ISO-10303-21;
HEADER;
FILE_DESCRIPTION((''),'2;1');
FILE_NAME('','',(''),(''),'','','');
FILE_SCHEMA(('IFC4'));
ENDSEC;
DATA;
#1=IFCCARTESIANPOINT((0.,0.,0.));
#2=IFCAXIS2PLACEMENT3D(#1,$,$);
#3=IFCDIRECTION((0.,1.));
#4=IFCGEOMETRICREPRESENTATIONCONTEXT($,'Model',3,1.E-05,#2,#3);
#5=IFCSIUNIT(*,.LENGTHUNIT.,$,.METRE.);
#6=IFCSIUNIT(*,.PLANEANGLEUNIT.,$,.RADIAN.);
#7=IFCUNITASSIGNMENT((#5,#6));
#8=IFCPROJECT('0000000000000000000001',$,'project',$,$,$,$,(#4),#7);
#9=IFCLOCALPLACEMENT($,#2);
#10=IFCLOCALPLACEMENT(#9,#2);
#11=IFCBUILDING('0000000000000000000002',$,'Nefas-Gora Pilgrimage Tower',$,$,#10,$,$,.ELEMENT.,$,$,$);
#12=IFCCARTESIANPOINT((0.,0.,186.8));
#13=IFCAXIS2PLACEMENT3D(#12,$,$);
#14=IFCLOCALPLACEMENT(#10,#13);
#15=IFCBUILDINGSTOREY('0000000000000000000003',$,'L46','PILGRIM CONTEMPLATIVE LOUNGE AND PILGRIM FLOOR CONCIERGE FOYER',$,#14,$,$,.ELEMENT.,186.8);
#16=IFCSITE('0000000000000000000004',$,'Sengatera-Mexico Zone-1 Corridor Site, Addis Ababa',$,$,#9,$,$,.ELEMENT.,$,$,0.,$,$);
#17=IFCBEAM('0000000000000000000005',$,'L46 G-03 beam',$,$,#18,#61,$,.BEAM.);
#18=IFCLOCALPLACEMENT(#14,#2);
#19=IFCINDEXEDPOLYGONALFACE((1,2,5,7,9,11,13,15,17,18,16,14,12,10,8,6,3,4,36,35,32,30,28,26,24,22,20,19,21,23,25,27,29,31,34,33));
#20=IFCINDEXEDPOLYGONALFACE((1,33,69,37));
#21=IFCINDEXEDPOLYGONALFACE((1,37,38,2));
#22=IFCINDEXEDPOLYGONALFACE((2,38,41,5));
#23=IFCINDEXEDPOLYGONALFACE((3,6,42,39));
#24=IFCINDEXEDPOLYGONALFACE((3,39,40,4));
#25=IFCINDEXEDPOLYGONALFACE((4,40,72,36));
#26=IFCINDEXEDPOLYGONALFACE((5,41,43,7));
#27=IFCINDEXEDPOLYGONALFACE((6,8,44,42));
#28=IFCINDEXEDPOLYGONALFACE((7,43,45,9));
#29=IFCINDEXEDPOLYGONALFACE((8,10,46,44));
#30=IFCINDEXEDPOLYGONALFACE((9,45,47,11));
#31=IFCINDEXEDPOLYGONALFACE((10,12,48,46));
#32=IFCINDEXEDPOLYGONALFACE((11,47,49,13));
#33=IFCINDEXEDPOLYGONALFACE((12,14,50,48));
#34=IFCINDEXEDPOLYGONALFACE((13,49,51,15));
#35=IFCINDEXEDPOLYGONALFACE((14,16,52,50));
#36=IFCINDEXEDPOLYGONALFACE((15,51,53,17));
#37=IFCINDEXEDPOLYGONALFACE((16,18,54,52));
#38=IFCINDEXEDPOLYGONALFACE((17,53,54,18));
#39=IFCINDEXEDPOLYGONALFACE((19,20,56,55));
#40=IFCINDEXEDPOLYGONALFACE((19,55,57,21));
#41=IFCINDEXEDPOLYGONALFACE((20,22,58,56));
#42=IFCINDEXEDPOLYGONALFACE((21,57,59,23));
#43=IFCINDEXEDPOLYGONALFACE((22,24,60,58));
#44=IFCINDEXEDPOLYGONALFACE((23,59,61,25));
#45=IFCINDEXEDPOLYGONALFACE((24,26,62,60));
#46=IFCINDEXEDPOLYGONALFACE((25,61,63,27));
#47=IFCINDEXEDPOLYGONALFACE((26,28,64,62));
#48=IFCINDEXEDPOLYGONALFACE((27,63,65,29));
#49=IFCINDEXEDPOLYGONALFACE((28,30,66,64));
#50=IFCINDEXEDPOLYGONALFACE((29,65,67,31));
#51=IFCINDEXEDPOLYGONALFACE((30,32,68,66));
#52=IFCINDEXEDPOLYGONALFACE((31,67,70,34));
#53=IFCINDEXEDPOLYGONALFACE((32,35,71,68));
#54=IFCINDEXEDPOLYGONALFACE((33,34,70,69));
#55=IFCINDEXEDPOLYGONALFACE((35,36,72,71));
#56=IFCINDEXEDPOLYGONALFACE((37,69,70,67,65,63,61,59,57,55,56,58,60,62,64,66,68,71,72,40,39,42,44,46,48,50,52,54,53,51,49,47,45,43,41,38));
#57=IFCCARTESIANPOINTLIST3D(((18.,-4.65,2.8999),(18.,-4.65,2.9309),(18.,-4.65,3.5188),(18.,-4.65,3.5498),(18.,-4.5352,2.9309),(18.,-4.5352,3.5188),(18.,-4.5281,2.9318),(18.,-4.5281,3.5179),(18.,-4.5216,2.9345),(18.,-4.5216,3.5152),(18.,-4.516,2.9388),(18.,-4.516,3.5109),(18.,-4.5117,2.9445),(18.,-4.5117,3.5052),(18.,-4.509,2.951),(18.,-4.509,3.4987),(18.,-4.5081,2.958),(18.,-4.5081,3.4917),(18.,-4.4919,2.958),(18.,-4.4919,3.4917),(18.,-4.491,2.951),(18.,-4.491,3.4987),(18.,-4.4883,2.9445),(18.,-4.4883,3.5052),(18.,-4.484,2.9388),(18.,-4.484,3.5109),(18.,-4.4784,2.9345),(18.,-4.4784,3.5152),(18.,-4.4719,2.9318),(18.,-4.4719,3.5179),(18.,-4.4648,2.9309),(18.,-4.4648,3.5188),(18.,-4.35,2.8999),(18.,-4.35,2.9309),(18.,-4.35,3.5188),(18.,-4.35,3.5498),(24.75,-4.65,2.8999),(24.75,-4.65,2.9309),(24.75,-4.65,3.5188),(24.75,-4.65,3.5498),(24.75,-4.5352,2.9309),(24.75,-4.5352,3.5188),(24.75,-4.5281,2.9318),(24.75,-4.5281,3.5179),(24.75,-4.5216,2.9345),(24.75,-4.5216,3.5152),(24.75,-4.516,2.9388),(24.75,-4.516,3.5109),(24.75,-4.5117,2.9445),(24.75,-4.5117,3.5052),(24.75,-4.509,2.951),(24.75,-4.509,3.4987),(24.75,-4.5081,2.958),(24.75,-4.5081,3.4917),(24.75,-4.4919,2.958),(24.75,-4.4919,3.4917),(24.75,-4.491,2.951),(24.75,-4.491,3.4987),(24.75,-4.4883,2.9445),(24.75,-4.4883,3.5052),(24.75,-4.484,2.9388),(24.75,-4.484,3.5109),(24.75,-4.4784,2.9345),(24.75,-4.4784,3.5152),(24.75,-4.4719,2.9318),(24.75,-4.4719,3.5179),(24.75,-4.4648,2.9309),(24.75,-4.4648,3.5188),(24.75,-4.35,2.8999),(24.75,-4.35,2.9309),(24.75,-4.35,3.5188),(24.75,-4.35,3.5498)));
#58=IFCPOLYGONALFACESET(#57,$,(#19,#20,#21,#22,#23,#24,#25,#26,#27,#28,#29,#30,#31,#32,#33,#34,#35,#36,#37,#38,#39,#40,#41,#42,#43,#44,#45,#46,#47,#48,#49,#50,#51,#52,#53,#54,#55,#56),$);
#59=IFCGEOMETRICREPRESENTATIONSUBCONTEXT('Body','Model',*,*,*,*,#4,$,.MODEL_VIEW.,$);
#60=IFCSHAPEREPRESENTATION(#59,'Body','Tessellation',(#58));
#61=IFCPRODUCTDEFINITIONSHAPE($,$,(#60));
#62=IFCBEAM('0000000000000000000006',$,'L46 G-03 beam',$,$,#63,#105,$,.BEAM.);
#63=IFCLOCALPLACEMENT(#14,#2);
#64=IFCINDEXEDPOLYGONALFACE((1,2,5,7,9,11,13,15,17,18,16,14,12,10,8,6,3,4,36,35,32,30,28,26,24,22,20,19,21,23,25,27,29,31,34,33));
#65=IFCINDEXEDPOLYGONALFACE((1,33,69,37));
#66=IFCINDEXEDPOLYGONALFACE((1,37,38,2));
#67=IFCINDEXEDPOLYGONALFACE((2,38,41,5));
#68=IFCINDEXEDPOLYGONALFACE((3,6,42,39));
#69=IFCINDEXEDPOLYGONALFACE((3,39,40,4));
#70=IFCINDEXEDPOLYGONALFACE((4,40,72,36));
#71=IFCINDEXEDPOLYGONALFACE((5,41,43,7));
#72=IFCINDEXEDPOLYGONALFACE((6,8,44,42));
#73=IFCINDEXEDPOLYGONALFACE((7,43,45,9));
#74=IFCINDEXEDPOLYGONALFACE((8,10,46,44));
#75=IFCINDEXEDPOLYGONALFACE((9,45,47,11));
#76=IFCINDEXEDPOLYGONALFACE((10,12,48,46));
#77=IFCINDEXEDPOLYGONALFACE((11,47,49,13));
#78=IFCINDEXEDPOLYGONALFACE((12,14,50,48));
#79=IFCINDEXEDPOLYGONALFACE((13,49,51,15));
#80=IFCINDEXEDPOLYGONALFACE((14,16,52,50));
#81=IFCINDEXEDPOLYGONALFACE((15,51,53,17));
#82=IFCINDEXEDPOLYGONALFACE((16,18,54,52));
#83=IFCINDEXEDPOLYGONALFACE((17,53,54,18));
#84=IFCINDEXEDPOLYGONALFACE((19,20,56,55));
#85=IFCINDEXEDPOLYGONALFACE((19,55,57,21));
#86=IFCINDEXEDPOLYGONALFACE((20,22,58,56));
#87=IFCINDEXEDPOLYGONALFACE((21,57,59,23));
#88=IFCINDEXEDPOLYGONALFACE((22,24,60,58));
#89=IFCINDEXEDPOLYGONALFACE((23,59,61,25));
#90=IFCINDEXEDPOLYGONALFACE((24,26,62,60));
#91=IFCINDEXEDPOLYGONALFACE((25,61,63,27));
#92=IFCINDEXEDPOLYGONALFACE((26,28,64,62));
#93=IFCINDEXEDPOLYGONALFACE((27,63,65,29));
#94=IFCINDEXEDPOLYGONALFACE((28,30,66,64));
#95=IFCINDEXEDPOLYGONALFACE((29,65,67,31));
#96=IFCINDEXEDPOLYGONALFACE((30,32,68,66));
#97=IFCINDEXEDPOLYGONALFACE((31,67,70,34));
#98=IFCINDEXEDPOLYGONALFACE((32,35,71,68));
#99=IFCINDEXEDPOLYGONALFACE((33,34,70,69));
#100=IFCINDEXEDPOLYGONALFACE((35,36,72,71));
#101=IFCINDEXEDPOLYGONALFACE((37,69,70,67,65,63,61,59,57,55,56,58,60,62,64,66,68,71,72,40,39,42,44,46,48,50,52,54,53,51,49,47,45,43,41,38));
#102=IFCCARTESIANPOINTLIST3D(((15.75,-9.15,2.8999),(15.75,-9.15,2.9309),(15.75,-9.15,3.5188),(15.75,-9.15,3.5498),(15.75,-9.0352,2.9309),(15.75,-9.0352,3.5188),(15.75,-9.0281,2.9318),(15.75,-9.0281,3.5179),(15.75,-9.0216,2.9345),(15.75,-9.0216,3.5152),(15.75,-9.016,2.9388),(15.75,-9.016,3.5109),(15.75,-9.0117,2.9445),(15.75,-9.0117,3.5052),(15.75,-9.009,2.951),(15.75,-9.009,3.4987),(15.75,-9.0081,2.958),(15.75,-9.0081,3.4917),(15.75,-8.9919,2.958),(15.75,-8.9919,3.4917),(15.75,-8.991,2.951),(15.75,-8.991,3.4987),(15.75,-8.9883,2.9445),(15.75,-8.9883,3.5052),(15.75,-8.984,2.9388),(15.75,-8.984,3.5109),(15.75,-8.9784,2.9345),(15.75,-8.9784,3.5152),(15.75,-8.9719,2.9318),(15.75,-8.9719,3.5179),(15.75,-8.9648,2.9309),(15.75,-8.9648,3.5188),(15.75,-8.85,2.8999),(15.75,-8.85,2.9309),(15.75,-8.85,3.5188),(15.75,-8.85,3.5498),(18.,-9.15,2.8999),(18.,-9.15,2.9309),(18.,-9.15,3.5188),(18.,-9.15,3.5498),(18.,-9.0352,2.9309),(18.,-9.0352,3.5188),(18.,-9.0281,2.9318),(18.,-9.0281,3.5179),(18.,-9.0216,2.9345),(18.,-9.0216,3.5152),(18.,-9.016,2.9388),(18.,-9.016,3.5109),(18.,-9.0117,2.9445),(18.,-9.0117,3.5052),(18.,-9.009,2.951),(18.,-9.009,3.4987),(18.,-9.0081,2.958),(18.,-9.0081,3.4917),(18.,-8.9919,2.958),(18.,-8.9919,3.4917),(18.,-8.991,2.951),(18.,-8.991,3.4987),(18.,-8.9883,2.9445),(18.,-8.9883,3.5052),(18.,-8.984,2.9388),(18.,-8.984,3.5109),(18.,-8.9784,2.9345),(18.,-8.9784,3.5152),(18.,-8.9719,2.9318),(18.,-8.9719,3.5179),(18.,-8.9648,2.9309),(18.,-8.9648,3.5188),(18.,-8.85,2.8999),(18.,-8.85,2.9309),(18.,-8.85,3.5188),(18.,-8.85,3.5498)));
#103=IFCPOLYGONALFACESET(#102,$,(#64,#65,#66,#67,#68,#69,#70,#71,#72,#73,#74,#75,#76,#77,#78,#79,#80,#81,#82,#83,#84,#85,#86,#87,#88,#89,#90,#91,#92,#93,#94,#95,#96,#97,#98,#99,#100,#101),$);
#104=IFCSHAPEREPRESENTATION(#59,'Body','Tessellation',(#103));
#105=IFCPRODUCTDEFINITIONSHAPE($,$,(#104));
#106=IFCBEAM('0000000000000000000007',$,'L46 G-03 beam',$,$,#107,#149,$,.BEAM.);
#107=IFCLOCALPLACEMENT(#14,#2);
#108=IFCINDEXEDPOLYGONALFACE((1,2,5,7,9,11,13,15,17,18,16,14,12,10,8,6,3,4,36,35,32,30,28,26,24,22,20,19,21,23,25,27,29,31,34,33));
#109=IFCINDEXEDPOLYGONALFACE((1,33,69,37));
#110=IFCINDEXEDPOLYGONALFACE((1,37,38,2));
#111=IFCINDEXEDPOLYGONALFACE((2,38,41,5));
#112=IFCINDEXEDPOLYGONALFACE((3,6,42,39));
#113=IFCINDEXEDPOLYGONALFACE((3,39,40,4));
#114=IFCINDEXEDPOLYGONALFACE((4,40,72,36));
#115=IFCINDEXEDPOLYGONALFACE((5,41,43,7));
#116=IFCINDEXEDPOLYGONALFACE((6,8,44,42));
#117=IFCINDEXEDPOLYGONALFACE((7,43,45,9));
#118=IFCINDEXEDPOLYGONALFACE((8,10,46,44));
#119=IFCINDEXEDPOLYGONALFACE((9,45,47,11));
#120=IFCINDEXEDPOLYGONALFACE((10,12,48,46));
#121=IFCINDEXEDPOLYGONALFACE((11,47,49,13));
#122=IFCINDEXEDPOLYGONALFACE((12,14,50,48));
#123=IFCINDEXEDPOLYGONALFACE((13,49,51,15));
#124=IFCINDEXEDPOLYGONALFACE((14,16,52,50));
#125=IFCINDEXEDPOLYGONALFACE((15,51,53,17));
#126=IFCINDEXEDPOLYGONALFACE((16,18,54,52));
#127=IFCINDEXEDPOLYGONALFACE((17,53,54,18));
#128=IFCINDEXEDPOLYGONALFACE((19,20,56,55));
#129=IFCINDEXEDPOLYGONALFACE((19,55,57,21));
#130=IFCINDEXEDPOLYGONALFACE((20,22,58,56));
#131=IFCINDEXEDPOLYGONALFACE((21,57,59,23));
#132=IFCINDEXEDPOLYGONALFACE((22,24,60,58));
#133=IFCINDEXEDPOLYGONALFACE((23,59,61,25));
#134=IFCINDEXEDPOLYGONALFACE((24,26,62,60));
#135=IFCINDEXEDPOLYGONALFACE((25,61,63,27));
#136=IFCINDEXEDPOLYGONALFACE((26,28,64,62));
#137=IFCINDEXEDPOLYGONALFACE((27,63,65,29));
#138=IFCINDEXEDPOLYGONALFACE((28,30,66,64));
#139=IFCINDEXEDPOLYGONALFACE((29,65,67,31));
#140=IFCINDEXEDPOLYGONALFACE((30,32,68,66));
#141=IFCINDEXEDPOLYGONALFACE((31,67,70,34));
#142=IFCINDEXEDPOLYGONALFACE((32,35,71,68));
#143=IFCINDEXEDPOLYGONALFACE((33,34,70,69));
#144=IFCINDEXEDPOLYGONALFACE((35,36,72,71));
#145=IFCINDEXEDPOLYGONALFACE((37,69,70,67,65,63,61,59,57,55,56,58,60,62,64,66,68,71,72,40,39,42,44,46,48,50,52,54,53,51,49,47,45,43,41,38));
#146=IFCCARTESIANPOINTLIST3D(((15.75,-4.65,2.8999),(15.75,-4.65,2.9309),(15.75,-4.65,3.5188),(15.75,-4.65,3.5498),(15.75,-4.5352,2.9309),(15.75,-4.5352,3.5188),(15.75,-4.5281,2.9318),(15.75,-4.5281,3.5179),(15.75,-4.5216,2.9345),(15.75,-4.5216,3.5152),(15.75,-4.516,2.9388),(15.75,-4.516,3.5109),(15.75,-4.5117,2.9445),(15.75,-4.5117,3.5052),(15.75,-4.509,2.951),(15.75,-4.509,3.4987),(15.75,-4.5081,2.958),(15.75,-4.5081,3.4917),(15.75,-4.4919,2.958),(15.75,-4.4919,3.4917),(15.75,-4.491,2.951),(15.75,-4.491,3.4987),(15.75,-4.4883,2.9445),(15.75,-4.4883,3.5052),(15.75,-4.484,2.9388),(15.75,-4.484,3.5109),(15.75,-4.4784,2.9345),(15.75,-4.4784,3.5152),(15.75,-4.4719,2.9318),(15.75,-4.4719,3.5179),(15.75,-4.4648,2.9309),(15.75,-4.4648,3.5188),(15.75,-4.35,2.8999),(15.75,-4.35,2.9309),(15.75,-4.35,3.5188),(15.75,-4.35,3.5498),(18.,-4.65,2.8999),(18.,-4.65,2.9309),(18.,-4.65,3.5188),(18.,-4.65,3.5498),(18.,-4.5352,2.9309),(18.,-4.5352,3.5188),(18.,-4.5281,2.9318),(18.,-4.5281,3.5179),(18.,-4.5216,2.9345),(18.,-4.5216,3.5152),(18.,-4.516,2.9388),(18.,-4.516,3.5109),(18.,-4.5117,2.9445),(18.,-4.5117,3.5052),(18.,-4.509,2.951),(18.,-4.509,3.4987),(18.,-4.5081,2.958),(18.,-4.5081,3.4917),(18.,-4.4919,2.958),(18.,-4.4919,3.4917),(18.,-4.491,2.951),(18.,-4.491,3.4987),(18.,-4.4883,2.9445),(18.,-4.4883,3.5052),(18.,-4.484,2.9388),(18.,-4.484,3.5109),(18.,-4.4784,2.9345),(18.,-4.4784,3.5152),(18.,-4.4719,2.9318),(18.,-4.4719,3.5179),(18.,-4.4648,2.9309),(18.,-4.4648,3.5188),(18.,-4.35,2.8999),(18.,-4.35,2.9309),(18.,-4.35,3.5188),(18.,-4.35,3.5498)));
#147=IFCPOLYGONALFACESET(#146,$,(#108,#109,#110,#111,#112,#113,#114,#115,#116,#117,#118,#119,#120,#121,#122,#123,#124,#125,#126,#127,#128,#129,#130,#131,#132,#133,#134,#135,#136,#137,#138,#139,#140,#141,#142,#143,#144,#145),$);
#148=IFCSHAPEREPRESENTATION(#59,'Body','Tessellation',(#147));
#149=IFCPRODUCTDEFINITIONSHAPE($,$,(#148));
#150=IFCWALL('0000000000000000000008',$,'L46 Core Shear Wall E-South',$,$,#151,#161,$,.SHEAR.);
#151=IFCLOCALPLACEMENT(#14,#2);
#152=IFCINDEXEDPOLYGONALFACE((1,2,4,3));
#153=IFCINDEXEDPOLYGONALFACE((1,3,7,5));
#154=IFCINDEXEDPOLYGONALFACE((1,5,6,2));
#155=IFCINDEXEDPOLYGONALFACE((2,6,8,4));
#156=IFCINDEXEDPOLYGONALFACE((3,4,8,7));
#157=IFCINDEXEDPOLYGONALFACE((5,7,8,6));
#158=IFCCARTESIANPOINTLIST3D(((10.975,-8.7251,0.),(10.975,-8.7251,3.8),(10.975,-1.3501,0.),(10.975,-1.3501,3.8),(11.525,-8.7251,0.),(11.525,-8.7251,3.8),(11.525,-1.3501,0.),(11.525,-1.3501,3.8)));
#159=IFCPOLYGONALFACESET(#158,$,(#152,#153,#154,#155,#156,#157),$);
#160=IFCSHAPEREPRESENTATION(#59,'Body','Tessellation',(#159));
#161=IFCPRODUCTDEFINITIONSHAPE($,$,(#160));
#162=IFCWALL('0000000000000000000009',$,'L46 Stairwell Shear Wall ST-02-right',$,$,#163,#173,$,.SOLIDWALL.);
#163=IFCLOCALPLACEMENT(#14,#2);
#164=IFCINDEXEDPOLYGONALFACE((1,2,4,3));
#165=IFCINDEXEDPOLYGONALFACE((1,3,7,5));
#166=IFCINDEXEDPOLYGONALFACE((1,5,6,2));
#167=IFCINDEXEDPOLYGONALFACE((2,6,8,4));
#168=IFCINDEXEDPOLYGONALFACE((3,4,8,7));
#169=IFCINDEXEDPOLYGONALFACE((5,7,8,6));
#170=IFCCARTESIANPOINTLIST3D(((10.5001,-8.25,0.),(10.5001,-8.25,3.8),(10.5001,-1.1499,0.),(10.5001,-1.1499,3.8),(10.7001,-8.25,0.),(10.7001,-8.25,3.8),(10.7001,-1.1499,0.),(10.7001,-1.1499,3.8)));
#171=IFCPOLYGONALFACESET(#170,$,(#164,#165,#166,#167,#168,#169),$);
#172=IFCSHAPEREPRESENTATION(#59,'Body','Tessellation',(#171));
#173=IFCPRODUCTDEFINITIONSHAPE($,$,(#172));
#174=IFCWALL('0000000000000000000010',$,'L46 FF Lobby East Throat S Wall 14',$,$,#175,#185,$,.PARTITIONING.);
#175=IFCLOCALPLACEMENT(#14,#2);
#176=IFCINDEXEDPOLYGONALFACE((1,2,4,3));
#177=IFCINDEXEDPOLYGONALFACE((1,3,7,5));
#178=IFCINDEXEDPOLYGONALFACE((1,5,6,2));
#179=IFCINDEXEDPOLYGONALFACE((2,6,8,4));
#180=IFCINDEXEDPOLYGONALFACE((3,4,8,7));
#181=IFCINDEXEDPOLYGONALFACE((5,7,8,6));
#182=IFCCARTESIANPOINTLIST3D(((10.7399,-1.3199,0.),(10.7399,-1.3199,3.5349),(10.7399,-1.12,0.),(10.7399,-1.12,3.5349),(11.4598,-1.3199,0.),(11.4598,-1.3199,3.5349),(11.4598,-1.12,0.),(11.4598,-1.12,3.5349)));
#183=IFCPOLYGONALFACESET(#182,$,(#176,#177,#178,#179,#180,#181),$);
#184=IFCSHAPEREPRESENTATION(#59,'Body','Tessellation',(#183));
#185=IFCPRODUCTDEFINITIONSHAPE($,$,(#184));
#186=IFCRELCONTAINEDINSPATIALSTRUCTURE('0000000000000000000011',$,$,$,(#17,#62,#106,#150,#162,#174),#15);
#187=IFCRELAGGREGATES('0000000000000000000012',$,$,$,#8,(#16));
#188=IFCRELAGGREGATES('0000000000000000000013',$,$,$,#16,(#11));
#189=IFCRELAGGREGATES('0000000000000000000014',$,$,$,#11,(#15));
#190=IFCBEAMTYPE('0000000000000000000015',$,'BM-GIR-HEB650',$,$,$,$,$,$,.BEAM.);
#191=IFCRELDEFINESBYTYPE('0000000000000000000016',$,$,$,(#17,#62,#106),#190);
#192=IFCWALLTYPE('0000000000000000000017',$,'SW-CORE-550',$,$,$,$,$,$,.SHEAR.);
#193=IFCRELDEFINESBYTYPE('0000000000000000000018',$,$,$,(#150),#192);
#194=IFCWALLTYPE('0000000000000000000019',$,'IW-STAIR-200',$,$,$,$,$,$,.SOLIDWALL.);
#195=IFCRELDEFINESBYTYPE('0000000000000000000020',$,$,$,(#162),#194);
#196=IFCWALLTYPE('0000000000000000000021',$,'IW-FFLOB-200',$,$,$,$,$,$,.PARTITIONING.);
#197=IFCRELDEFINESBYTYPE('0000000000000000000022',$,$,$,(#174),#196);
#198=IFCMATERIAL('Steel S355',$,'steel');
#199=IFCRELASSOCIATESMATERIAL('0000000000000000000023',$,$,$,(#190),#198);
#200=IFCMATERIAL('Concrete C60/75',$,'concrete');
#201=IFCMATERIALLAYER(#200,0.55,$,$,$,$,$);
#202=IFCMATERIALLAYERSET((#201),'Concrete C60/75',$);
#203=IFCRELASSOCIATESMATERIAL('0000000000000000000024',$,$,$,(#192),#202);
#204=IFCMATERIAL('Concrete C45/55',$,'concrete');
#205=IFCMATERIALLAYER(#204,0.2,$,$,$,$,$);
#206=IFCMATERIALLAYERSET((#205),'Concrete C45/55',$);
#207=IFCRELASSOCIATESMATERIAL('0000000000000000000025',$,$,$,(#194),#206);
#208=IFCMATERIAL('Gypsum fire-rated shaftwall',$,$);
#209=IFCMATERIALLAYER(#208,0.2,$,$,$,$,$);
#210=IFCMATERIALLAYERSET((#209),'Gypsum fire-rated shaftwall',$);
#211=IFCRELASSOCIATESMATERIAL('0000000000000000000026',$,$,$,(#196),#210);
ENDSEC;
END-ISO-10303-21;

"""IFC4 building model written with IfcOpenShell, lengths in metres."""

from ifc_helpers import new_model, si_unit, direction, frame, frame_2d, origin, origin_2d, place, context, subcontext, project, spatial, rectangle, i_section, extrude, source, transform, mapped, material, layer, layer_set, material_profile, profile_set, type_object, element, save


model = new_model("IFC4")

# Units and contexts
model_context = context("Model", 3, precision=1e-05, world=origin(), true_north=direction((0.0, 1.0)))
body_context = subcontext(model_context, "Body", "Model", "MODEL_VIEW")
ifc_project = project(units=[si_unit("LENGTHUNIT", "METRE"), si_unit("PLANEANGLEUNIT", "RADIAN")], contexts=[model_context])

# Site, building, storey
site_placement = place(None, origin())
site = spatial("IfcSite", under=ifc_project, at=site_placement, Name="Sengatera-Mexico Zone-1 Corridor Site, Addis Ababa", CompositionType="ELEMENT", RefElevation=0.0)
building_placement = place(site_placement, origin())
building = spatial("IfcBuilding", under=site, at=building_placement, Name="Nefas-Gora Pilgrimage Tower", CompositionType="ELEMENT")
storey_placement = place(building_placement, frame((0.0, 0.0, 186.8)))
storey = spatial("IfcBuildingStorey", under=building, at=storey_placement, Name="L46", Description="PILGRIM CONTEMPLATIVE LOUNGE AND PILGRIM FLOOR CONCIERGE FOYER", CompositionType="ELEMENT", Elevation=186.8)

# Beams
ifc_material_1 = material(Name="Concrete C60/75", Category="concrete")
ifc_material_2 = material(Name="Steel S355", Category="steel")
ifc_material_profile_1 = material_profile(ifc_material_2, i_section(OverallWidth=0.3, OverallDepth=0.6499, WebThickness=0.0161, FlangeThickness=0.031, FilletRadius=0.0271, at=origin_2d()), Name="HEB 650")
ifc_profile_set_1 = profile_set([ifc_material_profile_1], Name="Steel S355")
beam_type_1 = type_object("IfcBeamType", Name="BM-GIR-HEB650", PredefinedType="BEAM", material=ifc_profile_set_1)
shared_shape_1 = source(origin(), body_context, "Body", "SweptSolid", [
    extrude(i_section(OverallWidth=0.3, OverallDepth=0.6499, WebThickness=0.0161, FlangeThickness=0.031, FilletRadius=0.0271, at=origin_2d()), origin(), (0.0, 0.0, 1.0), 6.75),
])
for number, where, z_axis, x_axis, name in (
    (1, (18.0, -4.5, 3.2249), (1.0, 0.0, 0.0), (0.0, 1.0, 0.0), "L46 G-03 beam"),
):
    element("IfcBeam", number, at=place(storey_placement, frame(where, z_axis=z_axis, x_axis=x_axis)), inside=storey, type_object=beam_type_1, Name=name, PredefinedType="BEAM", context=body_context, shape_type="MappedRepresentation", body=[
        mapped(shared_shape_1, transform((0.0, 0.0, 0.0), x_axis=(1.0, 0.0, 0.0), y_axis=(0.0, 1.0, 0.0), z_axis=(0.0, 0.0, 1.0), scale=1.0)),
    ])
shared_shape_2 = source(origin(), body_context, "Body", "SweptSolid", [
    extrude(i_section(OverallWidth=0.3, OverallDepth=0.6499, WebThickness=0.0161, FlangeThickness=0.031, FilletRadius=0.0271, at=origin_2d()), origin(), (0.0, 0.0, 1.0), 2.25),
])
for number, where, z_axis, x_axis, name in (
    (2, (15.75, -9.0, 3.2249), (1.0, 0.0, 0.0), (0.0, 1.0, 0.0), "L46 G-03 beam"),
    (3, (15.75, -4.5, 3.2249), (1.0, 0.0, 0.0), (0.0, 1.0, 0.0), "L46 G-03 beam"),
):
    element("IfcBeam", number, at=place(storey_placement, frame(where, z_axis=z_axis, x_axis=x_axis)), inside=storey, type_object=beam_type_1, Name=name, PredefinedType="BEAM", context=body_context, shape_type="MappedRepresentation", body=[
        mapped(shared_shape_2, transform((0.0, 0.0, 0.0), x_axis=(1.0, 0.0, 0.0), y_axis=(0.0, 1.0, 0.0), z_axis=(0.0, 0.0, 1.0), scale=1.0)),
    ])

# Walls
ifc_layer_1 = layer(ifc_material_1, 0.55)
ifc_layer_set_1 = layer_set([ifc_layer_1], Name="Concrete C60/75")
wall_type_1 = type_object("IfcWallType", Name="SW-CORE-550", PredefinedType="SHEAR", material=ifc_layer_set_1)
shared_shape_3 = source(origin(), body_context, "Body", "SweptSolid", [
    extrude(rectangle(XDim=7.375, YDim=0.55, at=frame_2d((3.6875, 0.0))), origin(), (0.0, 0.0, 1.0), 3.8),
])
wall_1_placement = place(storey_placement, frame((11.25, -8.7251, 0.0), z_axis=(0.0, 0.0, 1.0), x_axis=(0.0, 1.0, 0.0)))
element("IfcWall", 4, at=wall_1_placement, inside=storey, type_object=wall_type_1, Name="L46 Core Shear Wall E-South", PredefinedType="SHEAR", context=body_context, shape_type="MappedRepresentation", body=[
    mapped(shared_shape_3, transform((0.0, 0.0, 0.0), x_axis=(1.0, 0.0, 0.0), y_axis=(0.0, 1.0, 0.0), z_axis=(0.0, 0.0, 1.0), scale=1.0)),
])
ifc_material_3 = material(Name="Concrete C45/55", Category="concrete")
ifc_layer_2 = layer(ifc_material_3, 0.2)
ifc_layer_set_2 = layer_set([ifc_layer_2], Name="Concrete C45/55")
wall_type_2 = type_object("IfcWallType", Name="IW-STAIR-200", PredefinedType="SOLIDWALL", material=ifc_layer_set_2)
shared_shape_4 = source(origin(), body_context, "Body", "SweptSolid", [
    extrude(rectangle(XDim=7.1001, YDim=0.2, at=frame_2d((3.55, 0.0))), origin(), (0.0, 0.0, 1.0), 3.8),
])
wall_2_placement = place(storey_placement, frame((10.6001, -1.1499, 0.0), z_axis=(0.0, 0.0, 1.0), x_axis=(0.0, -1.0, 0.0)))
element("IfcWall", 5, at=wall_2_placement, inside=storey, type_object=wall_type_2, Name="L46 Stairwell Shear Wall ST-02-right", PredefinedType="SOLIDWALL", context=body_context, shape_type="MappedRepresentation", body=[
    mapped(shared_shape_4, transform((0.0, 0.0, 0.0), x_axis=(1.0, 0.0, 0.0), y_axis=(0.0, 1.0, 0.0), z_axis=(0.0, 0.0, 1.0), scale=1.0)),
])

# Shared definitions
ifc_material_4 = material(Name="Gypsum fire-rated shaftwall")
ifc_layer_3 = layer(ifc_material_4, 0.2)
ifc_layer_set_3 = layer_set([ifc_layer_3], Name="Gypsum fire-rated shaftwall")
wall_type_3 = type_object("IfcWallType", Name="IW-FFLOB-200", PredefinedType="PARTITIONING", material=ifc_layer_set_3)

# Wall
shared_shape_5 = source(origin(), body_context, "Body", "SweptSolid", [
    extrude(rectangle(XDim=0.72, YDim=0.2, at=frame_2d((0.3599, 0.0))), origin(), (0.0, 0.0, 1.0), 3.5349),
])
wall_3_placement = place(storey_placement, frame((10.74, -1.22, 0.0), z_axis=(0.0, 0.0, 1.0), x_axis=(1.0, 0.0, 0.0)))
element("IfcWall", 6, at=wall_3_placement, inside=storey, type_object=wall_type_3, Name="L46 FF Lobby East Throat S Wall 14", PredefinedType="PARTITIONING", context=body_context, shape_type="MappedRepresentation", body=[
    mapped(shared_shape_5, transform((0.0, 0.0, 0.0), x_axis=(1.0, 0.0, 0.0), y_axis=(0.0, 1.0, 0.0), z_axis=(0.0, 0.0, 1.0), scale=1.0)),
])

save(model, "model.ifc")
